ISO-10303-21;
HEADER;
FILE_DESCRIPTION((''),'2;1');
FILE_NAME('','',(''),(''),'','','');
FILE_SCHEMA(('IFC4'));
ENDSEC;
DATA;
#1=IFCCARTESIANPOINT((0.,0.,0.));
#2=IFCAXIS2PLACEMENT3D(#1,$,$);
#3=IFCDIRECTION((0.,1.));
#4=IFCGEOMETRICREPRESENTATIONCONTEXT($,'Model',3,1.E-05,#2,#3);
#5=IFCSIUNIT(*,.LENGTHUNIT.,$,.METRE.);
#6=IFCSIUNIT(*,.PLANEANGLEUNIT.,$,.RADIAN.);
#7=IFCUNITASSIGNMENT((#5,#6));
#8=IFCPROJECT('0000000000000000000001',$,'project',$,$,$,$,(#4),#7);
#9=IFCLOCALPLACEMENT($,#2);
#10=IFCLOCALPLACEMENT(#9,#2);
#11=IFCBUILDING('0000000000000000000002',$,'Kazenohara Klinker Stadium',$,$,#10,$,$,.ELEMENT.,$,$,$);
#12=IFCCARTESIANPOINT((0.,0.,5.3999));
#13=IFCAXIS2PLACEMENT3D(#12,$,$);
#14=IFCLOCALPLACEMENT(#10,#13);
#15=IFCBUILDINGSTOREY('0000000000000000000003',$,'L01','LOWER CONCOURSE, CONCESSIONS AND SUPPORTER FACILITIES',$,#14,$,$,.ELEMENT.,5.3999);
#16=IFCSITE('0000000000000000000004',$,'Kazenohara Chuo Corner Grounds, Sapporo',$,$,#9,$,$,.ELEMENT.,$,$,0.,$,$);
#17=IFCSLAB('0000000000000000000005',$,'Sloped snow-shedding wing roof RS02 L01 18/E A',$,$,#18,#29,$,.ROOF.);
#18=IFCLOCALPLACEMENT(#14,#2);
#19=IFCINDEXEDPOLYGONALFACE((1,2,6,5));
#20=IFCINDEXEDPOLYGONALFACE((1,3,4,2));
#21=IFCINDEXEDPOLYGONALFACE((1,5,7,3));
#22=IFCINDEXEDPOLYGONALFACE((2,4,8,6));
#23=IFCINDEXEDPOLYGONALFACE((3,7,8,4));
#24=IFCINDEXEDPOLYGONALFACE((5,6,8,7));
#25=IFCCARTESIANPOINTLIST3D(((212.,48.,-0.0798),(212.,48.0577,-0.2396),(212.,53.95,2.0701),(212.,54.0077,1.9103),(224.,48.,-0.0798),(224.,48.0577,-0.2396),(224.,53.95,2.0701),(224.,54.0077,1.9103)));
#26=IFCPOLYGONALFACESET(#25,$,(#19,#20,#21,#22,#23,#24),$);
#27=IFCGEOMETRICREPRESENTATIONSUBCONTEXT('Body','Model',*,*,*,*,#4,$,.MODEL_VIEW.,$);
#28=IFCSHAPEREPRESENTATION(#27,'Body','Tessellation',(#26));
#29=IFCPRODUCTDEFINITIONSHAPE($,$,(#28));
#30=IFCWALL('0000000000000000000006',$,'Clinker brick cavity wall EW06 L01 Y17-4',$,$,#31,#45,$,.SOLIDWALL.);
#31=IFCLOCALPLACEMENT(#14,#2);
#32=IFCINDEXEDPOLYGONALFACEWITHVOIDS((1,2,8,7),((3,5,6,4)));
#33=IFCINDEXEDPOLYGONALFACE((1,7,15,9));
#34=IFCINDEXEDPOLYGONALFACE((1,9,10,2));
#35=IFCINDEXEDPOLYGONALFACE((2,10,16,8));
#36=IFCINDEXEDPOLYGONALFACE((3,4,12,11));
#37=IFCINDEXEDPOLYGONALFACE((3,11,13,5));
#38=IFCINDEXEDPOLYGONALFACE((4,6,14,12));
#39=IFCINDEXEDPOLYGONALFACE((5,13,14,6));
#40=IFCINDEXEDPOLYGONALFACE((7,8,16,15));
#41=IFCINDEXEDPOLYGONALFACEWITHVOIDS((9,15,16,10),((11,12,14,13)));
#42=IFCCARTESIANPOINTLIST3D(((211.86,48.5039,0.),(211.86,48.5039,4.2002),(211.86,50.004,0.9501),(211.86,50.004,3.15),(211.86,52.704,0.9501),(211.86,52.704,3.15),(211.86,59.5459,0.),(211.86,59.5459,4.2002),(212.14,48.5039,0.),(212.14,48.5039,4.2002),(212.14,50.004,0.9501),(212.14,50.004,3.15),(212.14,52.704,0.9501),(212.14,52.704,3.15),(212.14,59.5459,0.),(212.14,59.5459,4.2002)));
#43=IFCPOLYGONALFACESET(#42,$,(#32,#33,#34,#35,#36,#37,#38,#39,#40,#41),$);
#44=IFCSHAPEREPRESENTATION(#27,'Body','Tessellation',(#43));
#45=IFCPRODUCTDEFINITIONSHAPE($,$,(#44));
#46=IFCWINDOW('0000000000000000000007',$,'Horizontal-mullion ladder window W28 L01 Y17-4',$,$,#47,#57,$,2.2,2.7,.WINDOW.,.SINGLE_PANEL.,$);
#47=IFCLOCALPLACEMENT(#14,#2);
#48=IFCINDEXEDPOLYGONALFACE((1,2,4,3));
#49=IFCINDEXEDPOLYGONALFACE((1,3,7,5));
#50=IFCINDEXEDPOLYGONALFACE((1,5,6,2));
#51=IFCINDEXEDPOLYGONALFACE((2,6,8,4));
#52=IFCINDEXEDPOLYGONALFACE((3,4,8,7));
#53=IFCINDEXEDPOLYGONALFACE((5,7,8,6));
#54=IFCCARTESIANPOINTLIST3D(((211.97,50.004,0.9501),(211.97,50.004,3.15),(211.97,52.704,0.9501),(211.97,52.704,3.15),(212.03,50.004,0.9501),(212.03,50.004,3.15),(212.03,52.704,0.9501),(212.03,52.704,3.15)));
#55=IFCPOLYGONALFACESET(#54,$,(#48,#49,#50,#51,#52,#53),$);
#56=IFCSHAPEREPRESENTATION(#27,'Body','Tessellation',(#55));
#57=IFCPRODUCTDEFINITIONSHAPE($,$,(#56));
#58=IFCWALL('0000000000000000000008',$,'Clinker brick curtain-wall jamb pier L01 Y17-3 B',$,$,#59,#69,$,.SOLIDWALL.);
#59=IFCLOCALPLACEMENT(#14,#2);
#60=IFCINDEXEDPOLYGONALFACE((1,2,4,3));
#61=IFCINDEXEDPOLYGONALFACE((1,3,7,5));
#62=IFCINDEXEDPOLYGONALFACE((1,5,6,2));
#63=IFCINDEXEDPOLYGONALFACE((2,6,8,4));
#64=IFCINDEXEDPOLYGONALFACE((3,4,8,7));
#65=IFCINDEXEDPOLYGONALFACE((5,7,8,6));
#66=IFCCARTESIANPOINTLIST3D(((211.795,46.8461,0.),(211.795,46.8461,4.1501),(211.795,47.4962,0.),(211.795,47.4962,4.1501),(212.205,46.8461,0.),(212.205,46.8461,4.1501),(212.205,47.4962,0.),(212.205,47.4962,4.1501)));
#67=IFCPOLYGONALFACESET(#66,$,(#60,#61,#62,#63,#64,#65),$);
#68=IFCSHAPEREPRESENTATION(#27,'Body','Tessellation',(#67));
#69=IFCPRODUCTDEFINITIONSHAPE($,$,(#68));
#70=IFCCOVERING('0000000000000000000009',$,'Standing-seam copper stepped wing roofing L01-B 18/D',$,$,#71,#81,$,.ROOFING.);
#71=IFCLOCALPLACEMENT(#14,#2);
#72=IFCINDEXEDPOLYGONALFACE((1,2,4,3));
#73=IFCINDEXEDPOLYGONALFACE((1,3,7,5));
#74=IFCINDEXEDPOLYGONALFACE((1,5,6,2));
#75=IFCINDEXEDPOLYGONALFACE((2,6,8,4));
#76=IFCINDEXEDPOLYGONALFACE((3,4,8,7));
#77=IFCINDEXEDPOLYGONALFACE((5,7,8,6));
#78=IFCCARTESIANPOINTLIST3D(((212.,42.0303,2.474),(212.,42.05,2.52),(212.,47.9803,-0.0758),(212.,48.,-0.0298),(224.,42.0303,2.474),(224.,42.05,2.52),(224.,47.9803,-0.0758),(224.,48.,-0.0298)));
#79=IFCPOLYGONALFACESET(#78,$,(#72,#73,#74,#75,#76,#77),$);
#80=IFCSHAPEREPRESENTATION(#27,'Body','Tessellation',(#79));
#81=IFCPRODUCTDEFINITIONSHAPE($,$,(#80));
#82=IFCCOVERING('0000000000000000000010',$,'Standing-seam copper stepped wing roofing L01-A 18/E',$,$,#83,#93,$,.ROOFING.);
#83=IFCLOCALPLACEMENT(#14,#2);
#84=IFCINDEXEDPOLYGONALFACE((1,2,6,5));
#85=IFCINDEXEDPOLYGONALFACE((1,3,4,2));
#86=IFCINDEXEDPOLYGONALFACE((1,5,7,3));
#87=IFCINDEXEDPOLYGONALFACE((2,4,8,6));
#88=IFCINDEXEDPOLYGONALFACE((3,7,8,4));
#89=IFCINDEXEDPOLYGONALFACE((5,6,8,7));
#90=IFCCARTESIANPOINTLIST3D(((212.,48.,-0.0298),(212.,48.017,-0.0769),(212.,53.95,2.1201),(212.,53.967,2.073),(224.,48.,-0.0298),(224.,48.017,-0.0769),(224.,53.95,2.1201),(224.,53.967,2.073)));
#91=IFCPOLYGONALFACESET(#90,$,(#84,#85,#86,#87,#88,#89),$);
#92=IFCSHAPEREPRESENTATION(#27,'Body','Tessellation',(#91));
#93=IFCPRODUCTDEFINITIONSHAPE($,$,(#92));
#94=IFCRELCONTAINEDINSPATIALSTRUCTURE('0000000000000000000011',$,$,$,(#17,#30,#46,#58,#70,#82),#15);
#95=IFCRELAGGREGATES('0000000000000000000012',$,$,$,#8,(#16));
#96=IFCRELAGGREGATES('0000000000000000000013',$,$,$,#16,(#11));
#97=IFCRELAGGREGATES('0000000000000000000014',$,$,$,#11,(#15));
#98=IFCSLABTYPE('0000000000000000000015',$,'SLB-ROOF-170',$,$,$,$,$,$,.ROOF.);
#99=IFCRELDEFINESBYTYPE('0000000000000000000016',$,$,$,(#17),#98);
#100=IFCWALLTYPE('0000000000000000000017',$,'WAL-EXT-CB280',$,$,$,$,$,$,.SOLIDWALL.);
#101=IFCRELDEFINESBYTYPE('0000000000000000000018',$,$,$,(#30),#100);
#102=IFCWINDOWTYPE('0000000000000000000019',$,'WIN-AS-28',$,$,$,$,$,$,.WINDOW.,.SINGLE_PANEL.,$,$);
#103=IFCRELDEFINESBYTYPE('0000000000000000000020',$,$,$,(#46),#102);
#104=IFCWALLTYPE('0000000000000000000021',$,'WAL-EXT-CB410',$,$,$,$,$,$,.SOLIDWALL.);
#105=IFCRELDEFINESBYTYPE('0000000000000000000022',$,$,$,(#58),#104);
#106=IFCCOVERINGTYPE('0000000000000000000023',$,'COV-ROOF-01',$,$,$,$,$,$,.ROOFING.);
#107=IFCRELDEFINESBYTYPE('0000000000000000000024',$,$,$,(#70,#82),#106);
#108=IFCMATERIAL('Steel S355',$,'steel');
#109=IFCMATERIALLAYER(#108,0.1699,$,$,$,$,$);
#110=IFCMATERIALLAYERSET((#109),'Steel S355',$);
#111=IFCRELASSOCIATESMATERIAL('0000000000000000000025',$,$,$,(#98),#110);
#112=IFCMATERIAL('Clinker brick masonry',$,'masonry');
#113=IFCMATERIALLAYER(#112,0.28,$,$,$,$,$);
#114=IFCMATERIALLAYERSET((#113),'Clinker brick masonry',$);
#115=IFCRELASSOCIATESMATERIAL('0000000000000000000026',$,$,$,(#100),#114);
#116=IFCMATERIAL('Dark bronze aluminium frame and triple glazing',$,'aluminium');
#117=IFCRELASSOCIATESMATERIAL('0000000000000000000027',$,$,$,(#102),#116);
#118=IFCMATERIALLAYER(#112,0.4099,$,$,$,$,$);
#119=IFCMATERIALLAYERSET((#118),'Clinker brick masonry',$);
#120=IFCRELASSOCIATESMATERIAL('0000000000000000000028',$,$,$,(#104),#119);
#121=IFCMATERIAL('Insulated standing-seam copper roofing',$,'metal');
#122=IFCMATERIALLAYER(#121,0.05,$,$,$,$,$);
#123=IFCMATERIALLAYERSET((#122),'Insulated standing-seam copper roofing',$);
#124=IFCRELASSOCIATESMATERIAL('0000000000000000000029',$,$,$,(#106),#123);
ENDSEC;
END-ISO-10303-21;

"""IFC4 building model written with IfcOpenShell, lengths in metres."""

from ifc_helpers import new_model, si_unit, direction, frame, frame_2d, origin, place, context, subcontext, project, spatial, polyline, rectangle, outline, extrude, material, layer, layer_set, type_object, element, fill, save


model = new_model("IFC4")

# Units and contexts
model_context = context("Model", 3, precision=1e-05, world=origin(), true_north=direction((0.0, 1.0)))
body_context = subcontext(model_context, "Body", "Model", "MODEL_VIEW")
ifc_project = project(units=[si_unit("LENGTHUNIT", "METRE"), si_unit("PLANEANGLEUNIT", "RADIAN")], contexts=[model_context])

# Site, building, storey
site_placement = place(None, origin())
site = spatial("IfcSite", under=ifc_project, at=site_placement, Name="Kazenohara Chuo Corner Grounds, Sapporo", CompositionType="ELEMENT", RefElevation=0.0)
building_placement = place(site_placement, origin())
building = spatial("IfcBuilding", under=site, at=building_placement, Name="Kazenohara Klinker Stadium", CompositionType="ELEMENT")
storey_placement = place(building_placement, frame((0.0, 0.0, 5.3999)))
storey = spatial("IfcBuildingStorey", under=building, at=storey_placement, Name="L01", Description="LOWER CONCOURSE, CONCESSIONS AND SUPPORTER FACILITIES", CompositionType="ELEMENT", Elevation=5.3999)

# Shared definitions
ifc_material_1 = material(Name="Steel S355", Category="steel")

# Slab
ifc_layer_1 = layer(ifc_material_1, 0.1699)
ifc_layer_set_1 = layer_set([ifc_layer_1], Name="Steel S355")
slab_type = type_object("IfcSlabType", Name="SLB-ROOF-170", PredefinedType="ROOF", material=ifc_layer_set_1)
slab_1_placement = place(storey_placement, frame((212.0, 48.0, -0.0798), z_axis=(0.0, -0.339827, 0.940488), x_axis=(1.0, 0.0, 0.0)))
element("IfcSlab", 1, at=slab_1_placement, inside=storey, type_object=slab_type, Name="Sloped snow-shedding wing roof RS02 L01 18/E A", PredefinedType="ROOF", context=body_context, shape_type="SweptSolid", body=[
    extrude(outline(polyline([(0.0, 0.0), (12.0, 0.0), (12.0, 6.3265), (0.0, 6.3265), (0.0, 0.0)])), origin(), (0.0, 0.0, -1.0), 0.1699),
])

# Wall, opening, window
ifc_material_2 = material(Name="Clinker brick masonry", Category="masonry")
ifc_layer_2 = layer(ifc_material_2, 0.28)
ifc_layer_set_2 = layer_set([ifc_layer_2], Name="Clinker brick masonry")
wall_type_1 = type_object("IfcWallType", Name="WAL-EXT-CB280", PredefinedType="SOLIDWALL", material=ifc_layer_set_2)
wall_1_placement = place(storey_placement, frame((212.0, 48.5039, 0.0), z_axis=(0.0, 0.0, 1.0), x_axis=(0.0, 1.0, 0.0)))
wall_1 = element("IfcWall", 2, at=wall_1_placement, inside=storey, type_object=wall_type_1, Name="Clinker brick cavity wall EW06 L01 Y17-4", PredefinedType="SOLIDWALL", context=body_context, shape_type="SweptSolid", body=[
    extrude(rectangle(XDim=11.042, YDim=0.28, at=frame_2d((5.521, 0.0))), origin(), (0.0, 0.0, 1.0), 4.2002),
])
opening_placement = place(wall_1_placement, frame((1.5, 0.0, 0.95)))
opening = element("IfcOpeningElement", 3, at=opening_placement, cuts=wall_1, PredefinedType="OPENING", context=body_context, shape_type="SweptSolid", body=[
    extrude(rectangle(XDim=2.7, YDim=2.2, at=frame_2d((1.3501, 1.1001))), frame((0.0, 0.1499, 0.0), z_axis=(0.0, -1.0, 0.0), x_axis=(1.0, 0.0, 0.0)), (0.0, 0.0, 1.0), 0.3),
])
ifc_material_3 = material(Name="Dark bronze aluminium frame and triple glazing", Category="aluminium")
window_type = type_object("IfcWindowType", Name="WIN-AS-28", PartitioningType="SINGLE_PANEL", PredefinedType="WINDOW", material=ifc_material_3)
window_placement = place(opening_placement, origin())
window = element("IfcWindow", 4, at=window_placement, inside=storey, type_object=window_type, Name="Horizontal-mullion ladder window W28 L01 Y17-4", OverallHeight=2.2, OverallWidth=2.7, PartitioningType="SINGLE_PANEL", PredefinedType="WINDOW", context=body_context, shape_type="SweptSolid", body=[
    extrude(rectangle(XDim=2.7, YDim=2.2, at=frame_2d((1.3501, 1.1001))), frame((0.0, 0.03, 0.0), z_axis=(0.0, -1.0, 0.0), x_axis=(1.0, 0.0, 0.0)), (0.0, 0.0, 1.0), 0.0601),
])
fill(opening, window)

# Wall
ifc_layer_3 = layer(ifc_material_2, 0.4099)
ifc_layer_set_3 = layer_set([ifc_layer_3], Name="Clinker brick masonry")
wall_type_2 = type_object("IfcWallType", Name="WAL-EXT-CB410", PredefinedType="SOLIDWALL", material=ifc_layer_set_3)
wall_2_placement = place(storey_placement, frame((212.0, 46.8459, 0.0), z_axis=(0.0, 0.0, 1.0), x_axis=(0.0, 1.0, 0.0)))
element("IfcWall", 5, at=wall_2_placement, inside=storey, type_object=wall_type_2, Name="Clinker brick curtain-wall jamb pier L01 Y17-3 B", PredefinedType="SOLIDWALL", context=body_context, shape_type="SweptSolid", body=[
    extrude(rectangle(XDim=0.6501, YDim=0.4099, at=frame_2d((0.3252, 0.0))), origin(), (0.0, 0.0, 1.0), 4.1501),
])

# Coverings
ifc_material_4 = material(Name="Insulated standing-seam copper roofing", Category="metal")
ifc_layer_4 = layer(ifc_material_4, 0.05)
ifc_layer_set_4 = layer_set([ifc_layer_4], Name="Insulated standing-seam copper roofing")
covering_type = type_object("IfcCoveringType", Name="COV-ROOF-01", PredefinedType="ROOFING", material=ifc_layer_set_4)
covering_1_placement = place(storey_placement, frame((212.0, 42.05, 2.52), z_axis=(0.0, 0.393897, 0.919155), x_axis=(1.0, 0.0, 0.0)))
element("IfcCovering", 6, at=covering_1_placement, inside=storey, type_object=covering_type, Name="Standing-seam copper stepped wing roofing L01-B 18/D", PredefinedType="ROOFING", context=body_context, shape_type="SweptSolid", body=[
    extrude(outline(polyline([(0.0, 0.0), (12.0, 0.0), (12.0, 6.4733), (0.0, 6.4733), (0.0, 0.0)])), origin(), (0.0, 0.0, -1.0), 0.05),
])
covering_2_placement = place(storey_placement, frame((212.0, 48.0, -0.0298), z_axis=(0.0, -0.339827, 0.940488), x_axis=(1.0, 0.0, 0.0)))
element("IfcCovering", 7, at=covering_2_placement, inside=storey, type_object=covering_type, Name="Standing-seam copper stepped wing roofing L01-A 18/E", PredefinedType="ROOFING", context=body_context, shape_type="SweptSolid", body=[
    extrude(outline(polyline([(0.0, 0.0), (12.0, 0.0), (12.0, 6.3265), (0.0, 6.3265), (0.0, 0.0)])), origin(), (0.0, 0.0, -1.0), 0.05),
])

save(model, "model.ifc")
